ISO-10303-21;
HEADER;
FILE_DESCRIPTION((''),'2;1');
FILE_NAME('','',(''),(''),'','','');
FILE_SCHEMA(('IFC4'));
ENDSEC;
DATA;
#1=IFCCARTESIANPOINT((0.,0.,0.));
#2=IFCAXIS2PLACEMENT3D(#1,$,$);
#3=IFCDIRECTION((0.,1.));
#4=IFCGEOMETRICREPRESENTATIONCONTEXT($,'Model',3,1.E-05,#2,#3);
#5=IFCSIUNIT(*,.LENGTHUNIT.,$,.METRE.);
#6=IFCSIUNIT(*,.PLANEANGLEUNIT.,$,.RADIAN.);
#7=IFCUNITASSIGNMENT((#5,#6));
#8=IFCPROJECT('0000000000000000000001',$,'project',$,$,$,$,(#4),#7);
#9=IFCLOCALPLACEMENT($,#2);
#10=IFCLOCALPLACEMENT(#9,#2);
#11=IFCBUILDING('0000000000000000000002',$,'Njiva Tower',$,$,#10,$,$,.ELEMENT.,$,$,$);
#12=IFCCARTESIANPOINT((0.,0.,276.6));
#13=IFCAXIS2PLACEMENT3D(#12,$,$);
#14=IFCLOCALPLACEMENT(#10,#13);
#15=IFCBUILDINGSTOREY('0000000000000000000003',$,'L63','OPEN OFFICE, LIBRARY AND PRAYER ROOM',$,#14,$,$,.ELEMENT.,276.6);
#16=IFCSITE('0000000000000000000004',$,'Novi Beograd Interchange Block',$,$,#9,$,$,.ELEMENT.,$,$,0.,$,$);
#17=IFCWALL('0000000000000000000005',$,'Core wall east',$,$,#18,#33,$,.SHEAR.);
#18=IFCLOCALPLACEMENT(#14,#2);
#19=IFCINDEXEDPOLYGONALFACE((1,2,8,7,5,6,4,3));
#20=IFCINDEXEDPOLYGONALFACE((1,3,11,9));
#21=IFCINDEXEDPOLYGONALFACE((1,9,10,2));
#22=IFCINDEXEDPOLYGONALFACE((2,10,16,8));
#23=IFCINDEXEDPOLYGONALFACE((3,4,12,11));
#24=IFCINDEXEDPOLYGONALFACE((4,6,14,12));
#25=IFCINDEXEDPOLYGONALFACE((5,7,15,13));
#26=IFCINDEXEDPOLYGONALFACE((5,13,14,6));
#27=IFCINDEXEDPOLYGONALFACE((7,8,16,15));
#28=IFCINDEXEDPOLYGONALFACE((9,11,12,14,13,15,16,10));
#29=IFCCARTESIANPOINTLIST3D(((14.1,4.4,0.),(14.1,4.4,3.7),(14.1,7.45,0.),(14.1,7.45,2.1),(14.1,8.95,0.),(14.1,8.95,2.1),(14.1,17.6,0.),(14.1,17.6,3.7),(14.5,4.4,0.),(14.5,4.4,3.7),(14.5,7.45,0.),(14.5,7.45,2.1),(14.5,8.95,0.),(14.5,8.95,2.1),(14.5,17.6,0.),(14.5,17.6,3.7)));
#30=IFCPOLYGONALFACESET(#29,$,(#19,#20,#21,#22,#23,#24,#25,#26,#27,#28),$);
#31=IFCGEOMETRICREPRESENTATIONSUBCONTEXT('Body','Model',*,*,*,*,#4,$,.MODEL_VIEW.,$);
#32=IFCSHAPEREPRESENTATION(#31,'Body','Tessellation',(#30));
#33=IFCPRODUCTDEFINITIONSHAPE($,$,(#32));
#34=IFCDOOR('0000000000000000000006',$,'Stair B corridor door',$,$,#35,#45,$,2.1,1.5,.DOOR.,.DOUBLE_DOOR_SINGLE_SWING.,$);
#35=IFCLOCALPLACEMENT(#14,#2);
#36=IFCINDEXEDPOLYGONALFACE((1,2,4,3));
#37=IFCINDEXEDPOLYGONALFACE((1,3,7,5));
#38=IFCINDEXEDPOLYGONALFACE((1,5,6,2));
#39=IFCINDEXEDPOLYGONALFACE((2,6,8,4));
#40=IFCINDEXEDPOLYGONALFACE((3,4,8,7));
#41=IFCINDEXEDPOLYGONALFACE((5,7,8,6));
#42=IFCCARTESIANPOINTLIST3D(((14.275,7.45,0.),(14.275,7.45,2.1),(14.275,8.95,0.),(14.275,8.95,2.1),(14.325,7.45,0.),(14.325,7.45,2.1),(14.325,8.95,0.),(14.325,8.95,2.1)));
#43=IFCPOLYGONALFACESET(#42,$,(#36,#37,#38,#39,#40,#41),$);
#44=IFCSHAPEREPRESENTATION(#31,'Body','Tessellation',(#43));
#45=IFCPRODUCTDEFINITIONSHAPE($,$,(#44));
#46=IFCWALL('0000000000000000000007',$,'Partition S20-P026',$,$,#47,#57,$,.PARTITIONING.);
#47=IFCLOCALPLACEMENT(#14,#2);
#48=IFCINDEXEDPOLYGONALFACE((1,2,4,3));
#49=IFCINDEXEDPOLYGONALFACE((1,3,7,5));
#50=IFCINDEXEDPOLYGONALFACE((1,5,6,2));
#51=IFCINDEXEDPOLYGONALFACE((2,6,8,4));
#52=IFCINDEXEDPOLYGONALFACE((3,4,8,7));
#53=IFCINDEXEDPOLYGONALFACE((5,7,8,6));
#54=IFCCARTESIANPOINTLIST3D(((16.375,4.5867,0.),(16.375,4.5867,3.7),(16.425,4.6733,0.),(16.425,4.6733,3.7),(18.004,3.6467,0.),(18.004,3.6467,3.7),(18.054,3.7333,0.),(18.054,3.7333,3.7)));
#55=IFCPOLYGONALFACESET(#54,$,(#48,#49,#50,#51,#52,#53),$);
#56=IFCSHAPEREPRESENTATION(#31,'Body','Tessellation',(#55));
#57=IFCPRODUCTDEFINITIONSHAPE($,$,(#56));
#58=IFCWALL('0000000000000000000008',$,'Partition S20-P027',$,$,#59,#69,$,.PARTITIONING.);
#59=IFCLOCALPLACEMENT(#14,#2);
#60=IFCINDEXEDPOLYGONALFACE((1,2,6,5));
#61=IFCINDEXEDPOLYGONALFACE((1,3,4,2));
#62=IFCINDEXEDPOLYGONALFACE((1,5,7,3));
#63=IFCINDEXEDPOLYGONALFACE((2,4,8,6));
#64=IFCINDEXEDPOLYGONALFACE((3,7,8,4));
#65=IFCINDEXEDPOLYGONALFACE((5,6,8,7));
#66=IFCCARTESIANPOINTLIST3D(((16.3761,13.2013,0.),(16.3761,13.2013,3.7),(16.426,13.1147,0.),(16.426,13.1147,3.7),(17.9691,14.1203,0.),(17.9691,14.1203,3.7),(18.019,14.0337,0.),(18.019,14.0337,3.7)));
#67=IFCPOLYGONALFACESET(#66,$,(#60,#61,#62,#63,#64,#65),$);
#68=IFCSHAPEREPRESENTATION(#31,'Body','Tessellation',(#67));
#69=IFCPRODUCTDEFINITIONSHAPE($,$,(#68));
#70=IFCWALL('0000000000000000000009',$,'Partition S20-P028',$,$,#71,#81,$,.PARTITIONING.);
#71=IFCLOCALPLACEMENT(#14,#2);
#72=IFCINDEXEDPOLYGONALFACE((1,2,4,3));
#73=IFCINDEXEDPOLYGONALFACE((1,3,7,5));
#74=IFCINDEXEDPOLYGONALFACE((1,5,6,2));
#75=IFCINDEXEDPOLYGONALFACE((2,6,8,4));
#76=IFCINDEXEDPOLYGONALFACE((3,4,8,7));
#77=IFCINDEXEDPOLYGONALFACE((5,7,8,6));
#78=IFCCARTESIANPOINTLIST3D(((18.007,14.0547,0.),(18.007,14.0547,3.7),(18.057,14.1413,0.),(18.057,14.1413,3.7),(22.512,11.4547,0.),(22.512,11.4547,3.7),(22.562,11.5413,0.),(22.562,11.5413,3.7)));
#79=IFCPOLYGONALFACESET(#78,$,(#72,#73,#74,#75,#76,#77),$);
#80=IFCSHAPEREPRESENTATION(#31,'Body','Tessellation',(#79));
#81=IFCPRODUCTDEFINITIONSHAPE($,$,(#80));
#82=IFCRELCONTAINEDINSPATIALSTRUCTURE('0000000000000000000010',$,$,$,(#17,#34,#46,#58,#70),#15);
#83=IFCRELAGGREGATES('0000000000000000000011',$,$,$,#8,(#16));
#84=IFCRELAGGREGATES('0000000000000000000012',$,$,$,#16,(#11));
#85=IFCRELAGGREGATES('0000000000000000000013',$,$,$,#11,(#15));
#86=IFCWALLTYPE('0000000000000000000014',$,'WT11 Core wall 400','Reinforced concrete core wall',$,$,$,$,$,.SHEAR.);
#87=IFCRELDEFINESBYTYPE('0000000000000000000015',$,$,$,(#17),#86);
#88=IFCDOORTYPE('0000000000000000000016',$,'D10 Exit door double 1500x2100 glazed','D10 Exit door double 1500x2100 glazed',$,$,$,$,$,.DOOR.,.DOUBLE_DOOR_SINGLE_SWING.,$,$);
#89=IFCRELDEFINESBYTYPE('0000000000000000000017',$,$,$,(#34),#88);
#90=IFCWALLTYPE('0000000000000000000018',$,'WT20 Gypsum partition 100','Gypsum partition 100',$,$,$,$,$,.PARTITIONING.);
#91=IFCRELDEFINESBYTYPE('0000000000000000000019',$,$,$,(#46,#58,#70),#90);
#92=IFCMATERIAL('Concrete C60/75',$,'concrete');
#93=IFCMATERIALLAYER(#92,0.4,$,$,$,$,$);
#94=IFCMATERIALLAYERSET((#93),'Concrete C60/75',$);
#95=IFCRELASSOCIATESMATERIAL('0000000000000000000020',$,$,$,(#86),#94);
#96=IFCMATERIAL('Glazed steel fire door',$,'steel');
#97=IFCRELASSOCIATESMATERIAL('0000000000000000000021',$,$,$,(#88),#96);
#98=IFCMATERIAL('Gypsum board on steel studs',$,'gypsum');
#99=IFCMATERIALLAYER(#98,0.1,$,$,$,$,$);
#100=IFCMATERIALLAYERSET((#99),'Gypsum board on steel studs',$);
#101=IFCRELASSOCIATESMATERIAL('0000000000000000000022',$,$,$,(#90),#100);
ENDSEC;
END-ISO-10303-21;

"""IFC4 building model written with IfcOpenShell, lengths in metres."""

from ifc_helpers import new_model, si_unit, direction, frame, frame_2d, origin, place, context, subcontext, project, spatial, rectangle, extrude, material, layer, layer_set, type_object, element, fill, save


model = new_model("IFC4")

# Units and contexts
model_context = context("Model", 3, precision=1e-05, world=origin(), true_north=direction((0.0, 1.0)))
body_context = subcontext(model_context, "Body", "Model", "MODEL_VIEW")
ifc_project = project(units=[si_unit("LENGTHUNIT", "METRE"), si_unit("PLANEANGLEUNIT", "RADIAN")], contexts=[model_context])

# Site, building, storey
site_placement = place(None, origin())
site = spatial("IfcSite", under=ifc_project, at=site_placement, Name="Novi Beograd Interchange Block", CompositionType="ELEMENT", RefElevation=0.0)
building_placement = place(site_placement, origin())
building = spatial("IfcBuilding", under=site, at=building_placement, Name="Njiva Tower", CompositionType="ELEMENT")
storey_placement = place(building_placement, frame((0.0, 0.0, 276.6)))
storey = spatial("IfcBuildingStorey", under=building, at=storey_placement, Name="L63", Description="OPEN OFFICE, LIBRARY AND PRAYER ROOM", CompositionType="ELEMENT", Elevation=276.6)

# Wall, opening, door
ifc_material_1 = material(Name="Concrete C60/75", Category="concrete")
ifc_layer_1 = layer(ifc_material_1, 0.4)
ifc_layer_set_1 = layer_set([ifc_layer_1], Name="Concrete C60/75")
wall_type_1 = type_object("IfcWallType", Name="WT11 Core wall 400", Description="Reinforced concrete core wall", PredefinedType="SHEAR", material=ifc_layer_set_1)
wall_1_placement = place(storey_placement, frame((14.3, 4.4, 0.0), z_axis=(0.0, 0.0, 1.0), x_axis=(0.0, 1.0, 0.0)))
wall_1 = element("IfcWall", 1, at=wall_1_placement, inside=storey, type_object=wall_type_1, Name="Core wall east", PredefinedType="SHEAR", context=body_context, shape_type="SweptSolid", body=[
    extrude(rectangle(XDim=13.2, YDim=0.4, at=frame_2d((6.6, 0.0))), origin(), (0.0, 0.0, 1.0), 3.7),
])
opening_placement = place(wall_1_placement, frame((3.05, 0.0, 0.0)))
opening = element("IfcOpeningElement", 2, at=opening_placement, cuts=wall_1, PredefinedType="OPENING", context=body_context, shape_type="SweptSolid", body=[
    extrude(rectangle(XDim=1.5, YDim=2.1, at=frame_2d((0.75, 1.05))), frame((0.0, 0.21, 0.0), z_axis=(0.0, -1.0, 0.0), x_axis=(1.0, 0.0, 0.0)), (0.0, 0.0, 1.0), 0.42),
])
ifc_material_2 = material(Name="Glazed steel fire door", Category="steel")
door_type = type_object("IfcDoorType", Name="D10 Exit door double 1500x2100 glazed", Description="D10 Exit door double 1500x2100 glazed", OperationType="DOUBLE_DOOR_SINGLE_SWING", PredefinedType="DOOR", material=ifc_material_2)
door_placement = place(opening_placement, origin())
door = element("IfcDoor", 3, at=door_placement, inside=storey, type_object=door_type, Name="Stair B corridor door", OperationType="DOUBLE_DOOR_SINGLE_SWING", OverallHeight=2.1, OverallWidth=1.5, PredefinedType="DOOR", context=body_context, shape_type="SweptSolid", body=[
    extrude(rectangle(XDim=1.5, YDim=2.1, at=frame_2d((0.75, 1.05))), frame((0.0, 0.025, 0.0), z_axis=(0.0, -1.0, 0.0), x_axis=(1.0, 0.0, 0.0)), (0.0, 0.0, 1.0), 0.05),
])
fill(opening, door)

# Walls
ifc_material_3 = material(Name="Gypsum board on steel studs", Category="gypsum")
ifc_layer_2 = layer(ifc_material_3, 0.1)
ifc_layer_set_2 = layer_set([ifc_layer_2], Name="Gypsum board on steel studs")
wall_type_2 = type_object("IfcWallType", Name="WT20 Gypsum partition 100", Description="Gypsum partition 100", PredefinedType="PARTITIONING", material=ifc_layer_set_2)
wall_2_placement = place(storey_placement, frame((16.4, 4.63, 0.0), z_axis=(0.0, 0.0, 1.0), x_axis=(0.866141, -0.499799, 0.0)))
element("IfcWall", 4, at=wall_2_placement, inside=storey, type_object=wall_type_2, Name="Partition S20-P026", PredefinedType="PARTITIONING", context=body_context, shape_type="SweptSolid", body=[
    extrude(rectangle(XDim=1.8808, YDim=0.1, at=frame_2d((0.9404, 0.0))), origin(), (0.0, 0.0, 1.0), 3.7),
])
wall_3_placement = place(storey_placement, frame((16.401, 13.158, 0.0), z_axis=(0.0, 0.0, 1.0), x_axis=(0.866195, 0.499707, 0.0)))
element("IfcWall", 5, at=wall_3_placement, inside=storey, type_object=wall_type_2, Name="Partition S20-P027", PredefinedType="PARTITIONING", context=body_context, shape_type="SweptSolid", body=[
    extrude(rectangle(XDim=1.8391, YDim=0.1, at=frame_2d((0.9196, 0.0))), origin(), (0.0, 0.0, 1.0), 3.7),
])
wall_4_placement = place(storey_placement, frame((18.032, 14.098, 0.0), z_axis=(0.0, 0.0, 1.0), x_axis=(0.866106, -0.499861, 0.0)))
element("IfcWall", 6, at=wall_4_placement, inside=storey, type_object=wall_type_2, Name="Partition S20-P028", PredefinedType="PARTITIONING", context=body_context, shape_type="SweptSolid", body=[
    extrude(rectangle(XDim=5.2014, YDim=0.1, at=frame_2d((2.6007, 0.0))), origin(), (0.0, 0.0, 1.0), 3.7),
])

save(model, "model.ifc")
